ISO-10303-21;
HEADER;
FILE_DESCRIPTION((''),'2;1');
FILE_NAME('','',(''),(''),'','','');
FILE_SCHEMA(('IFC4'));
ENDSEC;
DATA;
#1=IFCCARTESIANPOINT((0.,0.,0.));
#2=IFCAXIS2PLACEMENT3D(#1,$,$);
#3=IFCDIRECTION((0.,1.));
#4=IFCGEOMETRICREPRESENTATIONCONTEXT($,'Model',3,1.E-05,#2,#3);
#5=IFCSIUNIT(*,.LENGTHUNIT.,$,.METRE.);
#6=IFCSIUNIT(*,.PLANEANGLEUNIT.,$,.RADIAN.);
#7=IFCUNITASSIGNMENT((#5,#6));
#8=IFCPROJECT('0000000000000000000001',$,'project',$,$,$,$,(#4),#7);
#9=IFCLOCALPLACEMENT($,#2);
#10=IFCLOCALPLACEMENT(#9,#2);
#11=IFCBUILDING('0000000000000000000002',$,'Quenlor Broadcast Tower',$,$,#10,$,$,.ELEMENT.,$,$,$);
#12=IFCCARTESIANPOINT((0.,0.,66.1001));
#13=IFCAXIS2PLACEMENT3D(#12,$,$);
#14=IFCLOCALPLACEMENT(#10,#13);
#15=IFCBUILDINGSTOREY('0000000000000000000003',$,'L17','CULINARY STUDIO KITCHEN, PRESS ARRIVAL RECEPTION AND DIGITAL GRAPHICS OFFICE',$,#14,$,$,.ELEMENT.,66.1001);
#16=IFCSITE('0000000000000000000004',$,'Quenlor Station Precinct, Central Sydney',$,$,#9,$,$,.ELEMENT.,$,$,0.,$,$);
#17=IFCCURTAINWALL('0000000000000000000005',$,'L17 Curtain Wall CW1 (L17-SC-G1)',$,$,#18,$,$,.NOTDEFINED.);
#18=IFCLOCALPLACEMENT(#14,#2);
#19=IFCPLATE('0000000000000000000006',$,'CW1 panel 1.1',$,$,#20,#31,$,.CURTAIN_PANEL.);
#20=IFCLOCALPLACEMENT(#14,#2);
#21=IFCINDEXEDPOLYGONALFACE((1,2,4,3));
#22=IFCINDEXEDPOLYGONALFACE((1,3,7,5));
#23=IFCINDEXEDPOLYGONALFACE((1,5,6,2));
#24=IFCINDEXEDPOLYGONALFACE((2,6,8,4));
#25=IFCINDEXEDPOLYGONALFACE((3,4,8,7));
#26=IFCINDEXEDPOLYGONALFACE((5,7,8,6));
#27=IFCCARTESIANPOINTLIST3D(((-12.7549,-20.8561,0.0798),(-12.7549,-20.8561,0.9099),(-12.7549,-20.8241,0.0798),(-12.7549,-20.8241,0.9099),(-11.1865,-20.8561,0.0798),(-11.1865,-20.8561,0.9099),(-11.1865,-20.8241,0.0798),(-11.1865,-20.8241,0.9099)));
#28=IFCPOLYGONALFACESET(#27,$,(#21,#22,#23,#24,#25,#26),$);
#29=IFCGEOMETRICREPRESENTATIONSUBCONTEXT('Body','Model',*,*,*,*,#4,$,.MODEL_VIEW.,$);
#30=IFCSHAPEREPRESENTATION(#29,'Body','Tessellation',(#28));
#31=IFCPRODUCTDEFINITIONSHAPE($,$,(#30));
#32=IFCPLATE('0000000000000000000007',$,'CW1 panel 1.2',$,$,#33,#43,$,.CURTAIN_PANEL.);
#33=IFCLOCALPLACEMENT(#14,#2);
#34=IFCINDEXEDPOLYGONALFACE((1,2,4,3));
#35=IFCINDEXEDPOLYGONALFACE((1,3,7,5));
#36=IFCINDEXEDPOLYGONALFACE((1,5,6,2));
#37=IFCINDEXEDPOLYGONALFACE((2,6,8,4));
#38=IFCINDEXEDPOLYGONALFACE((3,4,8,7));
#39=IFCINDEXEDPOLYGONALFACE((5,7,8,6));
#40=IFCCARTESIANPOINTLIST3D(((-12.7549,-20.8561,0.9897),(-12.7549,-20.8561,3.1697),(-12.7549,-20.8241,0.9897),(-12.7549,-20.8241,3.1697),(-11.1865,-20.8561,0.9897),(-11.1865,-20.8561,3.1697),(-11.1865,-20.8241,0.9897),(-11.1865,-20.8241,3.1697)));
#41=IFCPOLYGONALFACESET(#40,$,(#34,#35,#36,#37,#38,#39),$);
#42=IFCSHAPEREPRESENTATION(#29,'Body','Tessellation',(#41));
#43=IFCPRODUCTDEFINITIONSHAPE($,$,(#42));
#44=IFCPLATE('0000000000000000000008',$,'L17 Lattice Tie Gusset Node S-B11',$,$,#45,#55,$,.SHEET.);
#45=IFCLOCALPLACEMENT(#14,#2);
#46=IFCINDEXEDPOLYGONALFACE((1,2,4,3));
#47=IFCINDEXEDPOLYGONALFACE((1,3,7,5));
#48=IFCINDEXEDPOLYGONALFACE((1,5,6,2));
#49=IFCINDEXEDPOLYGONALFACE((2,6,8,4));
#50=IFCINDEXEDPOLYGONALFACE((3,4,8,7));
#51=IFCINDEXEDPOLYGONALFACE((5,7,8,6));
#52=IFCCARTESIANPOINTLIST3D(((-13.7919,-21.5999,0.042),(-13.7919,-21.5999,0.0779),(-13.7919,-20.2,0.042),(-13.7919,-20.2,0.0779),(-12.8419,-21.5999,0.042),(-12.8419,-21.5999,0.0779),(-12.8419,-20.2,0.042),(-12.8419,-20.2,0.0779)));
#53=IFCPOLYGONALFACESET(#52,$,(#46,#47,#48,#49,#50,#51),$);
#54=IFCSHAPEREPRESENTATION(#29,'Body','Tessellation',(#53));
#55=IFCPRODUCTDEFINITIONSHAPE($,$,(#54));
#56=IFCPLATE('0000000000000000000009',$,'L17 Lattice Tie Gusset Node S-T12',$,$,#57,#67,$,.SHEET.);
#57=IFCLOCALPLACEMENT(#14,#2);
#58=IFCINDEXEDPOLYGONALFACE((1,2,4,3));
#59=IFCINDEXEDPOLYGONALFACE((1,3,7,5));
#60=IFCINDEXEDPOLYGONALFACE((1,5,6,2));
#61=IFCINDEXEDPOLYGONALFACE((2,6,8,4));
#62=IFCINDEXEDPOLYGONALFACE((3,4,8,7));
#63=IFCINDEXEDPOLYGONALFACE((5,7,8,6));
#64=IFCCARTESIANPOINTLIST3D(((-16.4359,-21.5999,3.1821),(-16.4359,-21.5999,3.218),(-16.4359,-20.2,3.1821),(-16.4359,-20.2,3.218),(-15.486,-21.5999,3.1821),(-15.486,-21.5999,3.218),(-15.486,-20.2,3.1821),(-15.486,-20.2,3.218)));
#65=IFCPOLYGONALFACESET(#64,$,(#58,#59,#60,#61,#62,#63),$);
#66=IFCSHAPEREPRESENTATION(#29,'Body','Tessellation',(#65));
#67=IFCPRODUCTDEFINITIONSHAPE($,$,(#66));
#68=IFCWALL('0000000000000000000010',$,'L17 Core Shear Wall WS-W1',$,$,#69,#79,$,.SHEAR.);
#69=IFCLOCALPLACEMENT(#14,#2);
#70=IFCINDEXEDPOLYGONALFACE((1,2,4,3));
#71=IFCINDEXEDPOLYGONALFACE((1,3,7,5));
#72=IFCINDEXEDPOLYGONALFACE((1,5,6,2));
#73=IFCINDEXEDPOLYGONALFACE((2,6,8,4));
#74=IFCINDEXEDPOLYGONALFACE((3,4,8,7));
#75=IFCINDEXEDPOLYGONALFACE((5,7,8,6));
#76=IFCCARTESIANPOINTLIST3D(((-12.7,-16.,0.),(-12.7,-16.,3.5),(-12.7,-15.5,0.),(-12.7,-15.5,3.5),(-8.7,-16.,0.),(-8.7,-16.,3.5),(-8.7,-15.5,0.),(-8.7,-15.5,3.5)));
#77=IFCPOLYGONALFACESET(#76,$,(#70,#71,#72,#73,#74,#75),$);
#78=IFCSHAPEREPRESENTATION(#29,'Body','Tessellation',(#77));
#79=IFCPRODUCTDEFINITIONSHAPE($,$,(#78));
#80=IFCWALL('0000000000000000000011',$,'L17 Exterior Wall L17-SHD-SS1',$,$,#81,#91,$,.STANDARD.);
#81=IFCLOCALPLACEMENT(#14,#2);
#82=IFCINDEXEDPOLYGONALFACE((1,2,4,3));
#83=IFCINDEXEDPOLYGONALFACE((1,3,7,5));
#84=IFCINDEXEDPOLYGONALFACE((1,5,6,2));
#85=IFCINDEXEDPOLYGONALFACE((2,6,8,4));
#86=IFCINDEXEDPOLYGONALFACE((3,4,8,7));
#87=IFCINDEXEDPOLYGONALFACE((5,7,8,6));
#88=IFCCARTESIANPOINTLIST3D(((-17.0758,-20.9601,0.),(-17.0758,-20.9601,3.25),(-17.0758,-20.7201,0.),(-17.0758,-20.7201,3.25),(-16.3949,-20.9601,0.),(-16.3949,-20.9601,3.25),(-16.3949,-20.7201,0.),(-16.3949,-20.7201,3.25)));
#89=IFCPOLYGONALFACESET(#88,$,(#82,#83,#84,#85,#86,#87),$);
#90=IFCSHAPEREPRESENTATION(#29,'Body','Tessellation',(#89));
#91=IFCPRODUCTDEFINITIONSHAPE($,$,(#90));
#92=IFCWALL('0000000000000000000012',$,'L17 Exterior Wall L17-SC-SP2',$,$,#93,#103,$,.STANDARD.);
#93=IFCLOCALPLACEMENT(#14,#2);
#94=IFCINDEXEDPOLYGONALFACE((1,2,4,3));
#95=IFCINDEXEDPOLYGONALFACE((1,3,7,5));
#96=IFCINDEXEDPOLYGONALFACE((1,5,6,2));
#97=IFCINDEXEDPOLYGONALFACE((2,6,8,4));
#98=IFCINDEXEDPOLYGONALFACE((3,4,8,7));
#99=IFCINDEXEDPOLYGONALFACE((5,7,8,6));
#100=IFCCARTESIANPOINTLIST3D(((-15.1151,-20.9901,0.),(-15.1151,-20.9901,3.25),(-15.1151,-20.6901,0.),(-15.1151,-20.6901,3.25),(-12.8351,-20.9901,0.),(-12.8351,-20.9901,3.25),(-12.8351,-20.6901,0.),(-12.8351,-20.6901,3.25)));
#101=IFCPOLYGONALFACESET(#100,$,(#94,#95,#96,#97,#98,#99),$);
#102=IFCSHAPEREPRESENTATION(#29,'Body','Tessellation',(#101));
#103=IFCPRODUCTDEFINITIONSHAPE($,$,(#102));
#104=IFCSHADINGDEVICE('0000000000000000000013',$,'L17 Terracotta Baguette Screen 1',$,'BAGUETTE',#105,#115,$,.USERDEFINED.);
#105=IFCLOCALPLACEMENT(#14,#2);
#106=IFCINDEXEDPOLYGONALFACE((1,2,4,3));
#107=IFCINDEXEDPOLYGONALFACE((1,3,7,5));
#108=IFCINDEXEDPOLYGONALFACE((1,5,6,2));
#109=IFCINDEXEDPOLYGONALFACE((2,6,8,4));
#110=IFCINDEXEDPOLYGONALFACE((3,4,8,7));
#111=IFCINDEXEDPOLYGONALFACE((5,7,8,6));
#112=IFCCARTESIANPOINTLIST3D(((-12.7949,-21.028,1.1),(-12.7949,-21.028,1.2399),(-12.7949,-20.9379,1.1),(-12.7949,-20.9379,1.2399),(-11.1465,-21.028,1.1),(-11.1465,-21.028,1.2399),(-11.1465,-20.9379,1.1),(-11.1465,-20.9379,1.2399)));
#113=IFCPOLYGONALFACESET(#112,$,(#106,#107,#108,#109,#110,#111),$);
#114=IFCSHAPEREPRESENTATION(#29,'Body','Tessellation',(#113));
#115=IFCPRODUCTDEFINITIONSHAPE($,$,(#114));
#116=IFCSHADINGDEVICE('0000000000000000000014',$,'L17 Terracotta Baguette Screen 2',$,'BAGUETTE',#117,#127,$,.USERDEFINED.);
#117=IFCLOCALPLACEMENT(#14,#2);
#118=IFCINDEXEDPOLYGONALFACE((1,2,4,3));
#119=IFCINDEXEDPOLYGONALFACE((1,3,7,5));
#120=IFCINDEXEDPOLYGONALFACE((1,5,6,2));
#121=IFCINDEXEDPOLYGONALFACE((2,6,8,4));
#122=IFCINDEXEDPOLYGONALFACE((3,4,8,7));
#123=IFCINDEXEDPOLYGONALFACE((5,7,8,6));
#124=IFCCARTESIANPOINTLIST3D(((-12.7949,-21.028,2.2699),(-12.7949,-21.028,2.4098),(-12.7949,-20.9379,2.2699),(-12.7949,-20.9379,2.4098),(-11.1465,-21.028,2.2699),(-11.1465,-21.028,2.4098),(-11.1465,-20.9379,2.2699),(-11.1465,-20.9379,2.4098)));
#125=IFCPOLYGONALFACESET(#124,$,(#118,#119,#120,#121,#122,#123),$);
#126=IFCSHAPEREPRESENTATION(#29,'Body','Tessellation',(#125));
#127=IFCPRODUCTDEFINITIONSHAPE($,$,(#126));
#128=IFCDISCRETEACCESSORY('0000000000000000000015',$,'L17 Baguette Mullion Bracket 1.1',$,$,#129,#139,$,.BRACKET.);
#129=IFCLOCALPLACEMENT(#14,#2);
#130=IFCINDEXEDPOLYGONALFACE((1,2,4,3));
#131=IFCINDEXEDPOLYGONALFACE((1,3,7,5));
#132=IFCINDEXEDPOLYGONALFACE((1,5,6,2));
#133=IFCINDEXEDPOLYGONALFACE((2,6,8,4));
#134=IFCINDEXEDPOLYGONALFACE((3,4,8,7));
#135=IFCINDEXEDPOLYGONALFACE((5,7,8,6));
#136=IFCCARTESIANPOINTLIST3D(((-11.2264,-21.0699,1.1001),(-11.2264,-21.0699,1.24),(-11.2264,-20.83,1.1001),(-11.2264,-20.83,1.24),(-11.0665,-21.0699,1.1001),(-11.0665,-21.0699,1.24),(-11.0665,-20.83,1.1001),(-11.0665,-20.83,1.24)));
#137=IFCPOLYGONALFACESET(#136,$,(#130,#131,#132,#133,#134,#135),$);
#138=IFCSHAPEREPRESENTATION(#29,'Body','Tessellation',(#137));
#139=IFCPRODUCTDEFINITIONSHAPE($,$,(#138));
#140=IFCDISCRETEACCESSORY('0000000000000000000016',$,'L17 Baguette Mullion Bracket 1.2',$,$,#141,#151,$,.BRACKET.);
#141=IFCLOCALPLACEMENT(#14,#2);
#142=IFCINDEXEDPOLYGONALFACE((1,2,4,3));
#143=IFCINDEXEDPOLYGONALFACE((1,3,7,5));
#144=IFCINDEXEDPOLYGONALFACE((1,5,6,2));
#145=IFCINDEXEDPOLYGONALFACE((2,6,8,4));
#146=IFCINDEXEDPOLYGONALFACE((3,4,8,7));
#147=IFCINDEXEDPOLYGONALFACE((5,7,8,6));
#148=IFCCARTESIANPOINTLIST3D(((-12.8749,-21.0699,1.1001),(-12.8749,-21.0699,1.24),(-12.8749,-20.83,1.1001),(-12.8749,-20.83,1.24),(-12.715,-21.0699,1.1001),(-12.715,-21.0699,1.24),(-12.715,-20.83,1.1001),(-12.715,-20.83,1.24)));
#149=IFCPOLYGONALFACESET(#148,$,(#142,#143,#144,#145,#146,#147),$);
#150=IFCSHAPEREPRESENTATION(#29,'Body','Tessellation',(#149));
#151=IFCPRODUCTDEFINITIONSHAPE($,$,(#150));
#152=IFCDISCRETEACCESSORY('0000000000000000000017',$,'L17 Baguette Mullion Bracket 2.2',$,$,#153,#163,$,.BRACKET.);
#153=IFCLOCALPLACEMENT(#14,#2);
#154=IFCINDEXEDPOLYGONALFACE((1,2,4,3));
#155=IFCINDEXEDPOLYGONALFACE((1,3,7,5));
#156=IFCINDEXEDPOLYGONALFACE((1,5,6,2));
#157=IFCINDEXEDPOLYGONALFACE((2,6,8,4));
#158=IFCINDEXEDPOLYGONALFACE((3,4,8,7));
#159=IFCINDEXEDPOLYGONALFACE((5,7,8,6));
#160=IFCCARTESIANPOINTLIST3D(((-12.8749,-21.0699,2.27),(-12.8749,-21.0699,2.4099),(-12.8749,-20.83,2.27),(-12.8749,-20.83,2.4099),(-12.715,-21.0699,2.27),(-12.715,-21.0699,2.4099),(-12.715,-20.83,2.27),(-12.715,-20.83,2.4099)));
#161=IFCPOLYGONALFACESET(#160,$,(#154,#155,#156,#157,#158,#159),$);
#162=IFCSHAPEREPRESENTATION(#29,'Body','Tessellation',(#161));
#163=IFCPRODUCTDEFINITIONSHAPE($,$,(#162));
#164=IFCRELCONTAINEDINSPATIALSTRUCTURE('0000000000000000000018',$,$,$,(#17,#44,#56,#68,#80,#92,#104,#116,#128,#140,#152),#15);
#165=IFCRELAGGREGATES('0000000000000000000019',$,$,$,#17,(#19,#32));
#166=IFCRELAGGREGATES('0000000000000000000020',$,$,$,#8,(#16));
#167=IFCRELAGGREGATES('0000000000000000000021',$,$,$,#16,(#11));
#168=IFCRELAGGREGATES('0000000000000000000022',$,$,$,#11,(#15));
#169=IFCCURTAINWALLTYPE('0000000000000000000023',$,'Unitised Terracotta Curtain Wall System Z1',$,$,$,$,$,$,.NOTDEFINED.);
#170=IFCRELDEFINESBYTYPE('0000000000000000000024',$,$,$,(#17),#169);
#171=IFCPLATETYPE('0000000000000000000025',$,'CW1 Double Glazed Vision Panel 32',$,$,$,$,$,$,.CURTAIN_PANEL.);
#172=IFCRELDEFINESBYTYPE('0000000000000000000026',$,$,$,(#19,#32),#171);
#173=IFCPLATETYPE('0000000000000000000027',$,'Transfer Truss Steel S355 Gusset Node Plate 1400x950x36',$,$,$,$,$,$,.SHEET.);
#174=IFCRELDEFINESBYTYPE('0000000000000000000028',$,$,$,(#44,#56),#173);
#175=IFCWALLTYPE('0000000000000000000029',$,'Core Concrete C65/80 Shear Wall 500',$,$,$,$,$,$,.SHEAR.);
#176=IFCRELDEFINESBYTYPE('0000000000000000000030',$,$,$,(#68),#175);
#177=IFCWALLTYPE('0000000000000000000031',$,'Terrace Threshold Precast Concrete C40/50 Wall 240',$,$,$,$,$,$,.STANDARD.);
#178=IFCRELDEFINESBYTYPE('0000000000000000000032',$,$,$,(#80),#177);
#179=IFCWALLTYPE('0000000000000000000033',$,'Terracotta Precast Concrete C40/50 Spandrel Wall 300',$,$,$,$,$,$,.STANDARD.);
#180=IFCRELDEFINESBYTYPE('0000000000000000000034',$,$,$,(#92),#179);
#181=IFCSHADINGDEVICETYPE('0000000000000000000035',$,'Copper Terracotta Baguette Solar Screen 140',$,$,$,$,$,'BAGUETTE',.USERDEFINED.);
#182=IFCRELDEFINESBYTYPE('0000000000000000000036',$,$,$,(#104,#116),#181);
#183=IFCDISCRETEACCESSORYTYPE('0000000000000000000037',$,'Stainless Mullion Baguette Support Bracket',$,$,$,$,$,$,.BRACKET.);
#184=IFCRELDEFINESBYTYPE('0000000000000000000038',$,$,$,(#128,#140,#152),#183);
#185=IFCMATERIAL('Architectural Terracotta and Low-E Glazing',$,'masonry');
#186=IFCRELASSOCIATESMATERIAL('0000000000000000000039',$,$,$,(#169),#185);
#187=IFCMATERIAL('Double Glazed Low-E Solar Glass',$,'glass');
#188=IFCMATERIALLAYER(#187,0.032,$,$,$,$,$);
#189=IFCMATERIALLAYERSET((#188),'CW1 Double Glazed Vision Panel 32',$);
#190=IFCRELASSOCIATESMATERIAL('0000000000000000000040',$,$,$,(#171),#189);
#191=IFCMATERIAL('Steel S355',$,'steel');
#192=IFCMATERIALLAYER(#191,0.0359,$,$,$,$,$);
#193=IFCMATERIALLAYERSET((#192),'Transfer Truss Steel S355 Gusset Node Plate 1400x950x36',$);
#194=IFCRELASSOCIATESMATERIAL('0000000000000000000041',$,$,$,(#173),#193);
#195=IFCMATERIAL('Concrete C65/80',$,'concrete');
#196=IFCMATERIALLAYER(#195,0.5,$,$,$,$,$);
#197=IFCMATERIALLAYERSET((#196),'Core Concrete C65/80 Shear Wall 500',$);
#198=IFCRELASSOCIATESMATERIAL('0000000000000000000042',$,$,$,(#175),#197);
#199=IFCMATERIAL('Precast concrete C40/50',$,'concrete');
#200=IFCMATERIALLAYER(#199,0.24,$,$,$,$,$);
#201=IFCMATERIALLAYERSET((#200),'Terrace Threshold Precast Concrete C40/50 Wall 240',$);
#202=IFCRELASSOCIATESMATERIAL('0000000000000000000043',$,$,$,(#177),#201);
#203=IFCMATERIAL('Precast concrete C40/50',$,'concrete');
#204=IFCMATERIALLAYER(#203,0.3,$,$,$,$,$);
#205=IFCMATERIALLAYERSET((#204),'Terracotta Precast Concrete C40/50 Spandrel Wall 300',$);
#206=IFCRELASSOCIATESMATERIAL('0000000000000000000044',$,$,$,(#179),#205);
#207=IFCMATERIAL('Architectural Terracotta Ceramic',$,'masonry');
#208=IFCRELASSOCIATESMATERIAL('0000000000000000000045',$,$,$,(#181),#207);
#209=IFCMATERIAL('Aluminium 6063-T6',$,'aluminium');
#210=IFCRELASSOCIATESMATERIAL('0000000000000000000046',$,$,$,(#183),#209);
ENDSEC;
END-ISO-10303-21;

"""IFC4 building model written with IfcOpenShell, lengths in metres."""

from ifc_helpers import new_model, si_unit, direction, frame, frame_2d, origin, origin_2d, place, context, subcontext, project, spatial, rectangle, extrude, material, layer, layer_set, material_profile, profile_set, type_object, element, aggregate, save


model = new_model("IFC4")

# Units and contexts
model_context = context("Model", 3, precision=1e-05, world=origin(), true_north=direction((0.0, 1.0)))
body_context = subcontext(model_context, "Body", "Model", "MODEL_VIEW")
ifc_project = project(units=[si_unit("LENGTHUNIT", "METRE"), si_unit("PLANEANGLEUNIT", "RADIAN")], contexts=[model_context])

# Site, building, storey
site_placement = place(None, origin())
site = spatial("IfcSite", under=ifc_project, at=site_placement, Name="Quenlor Station Precinct, Central Sydney", CompositionType="ELEMENT", RefElevation=0.0)
building_placement = place(site_placement, origin())
building = spatial("IfcBuilding", under=site, at=building_placement, Name="Quenlor Broadcast Tower", CompositionType="ELEMENT")
storey_placement = place(building_placement, frame((0.0, 0.0, 66.1001)))
storey = spatial("IfcBuildingStorey", under=building, at=storey_placement, Name="L17", Description="CULINARY STUDIO KITCHEN, PRESS ARRIVAL RECEPTION AND DIGITAL GRAPHICS OFFICE", CompositionType="ELEMENT", Elevation=66.1001)

# Curtain wall
ifc_material_1 = material(Name="Architectural Terracotta and Low-E Glazing", Category="masonry")
curtain_wall_type = type_object("IfcCurtainWallType", Name="Unitised Terracotta Curtain Wall System Z1", PredefinedType="NOTDEFINED", material=ifc_material_1)
curtain_wall_placement = place(storey_placement, origin())
curtain_wall = element("IfcCurtainWall", 1, at=curtain_wall_placement, inside=storey, type_object=curtain_wall_type, Name="L17 Curtain Wall CW1 (L17-SC-G1)", PredefinedType="NOTDEFINED")

# Plates
ifc_material_2 = material(Name="Double Glazed Low-E Solar Glass", Category="glass")
ifc_layer_1 = layer(ifc_material_2, 0.032)
ifc_layer_set_1 = layer_set([ifc_layer_1], Name="CW1 Double Glazed Vision Panel 32")
plate_type_1 = type_object("IfcPlateType", Name="CW1 Double Glazed Vision Panel 32", PredefinedType="CURTAIN_PANEL", material=ifc_layer_set_1)
plate_1_placement = place(storey_placement, frame((-11.9707, -20.8401, 0.0798), z_axis=(0.0, 0.0, 1.0), x_axis=(-1.0, 0.0, 0.0)))
plate_1 = element("IfcPlate", 2, at=plate_1_placement, type_object=plate_type_1, Name="CW1 panel 1.1", PredefinedType="CURTAIN_PANEL", context=body_context, shape_type="SweptSolid", body=[
    extrude(rectangle(XDim=1.5684, YDim=0.032, at=origin_2d()), origin(), (0.0, 0.0, 1.0), 0.8301),
])
plate_2_placement = place(storey_placement, frame((-11.9707, -20.8401, 0.9897), z_axis=(0.0, 0.0, 1.0), x_axis=(-1.0, 0.0, 0.0)))
plate_2 = element("IfcPlate", 3, at=plate_2_placement, type_object=plate_type_1, Name="CW1 panel 1.2", PredefinedType="CURTAIN_PANEL", context=body_context, shape_type="SweptSolid", body=[
    extrude(rectangle(XDim=1.5684, YDim=0.032, at=origin_2d()), origin(), (0.0, 0.0, 1.0), 2.1799),
])
aggregate(curtain_wall, [plate_1, plate_2])

# Plates
ifc_material_3 = material(Name="Steel S355", Category="steel")
ifc_layer_2 = layer(ifc_material_3, 0.0359)
ifc_layer_set_2 = layer_set([ifc_layer_2], Name="Transfer Truss Steel S355 Gusset Node Plate 1400x950x36")
plate_type_2 = type_object("IfcPlateType", Name="Transfer Truss Steel S355 Gusset Node Plate 1400x950x36", PredefinedType="SHEET", material=ifc_layer_set_2)
for number, where, z_axis, x_axis, name in (
    (4, (-13.3169, -20.8999, 0.042), (0.0, 0.0, 1.0), (0.0, -1.0, 0.0), "L17 Lattice Tie Gusset Node S-B11"),
    (5, (-15.9609, -20.8999, 3.1821), (0.0, 0.0, 1.0), (0.0, -1.0, 0.0), "L17 Lattice Tie Gusset Node S-T12"),
):
    element("IfcPlate", number, at=place(storey_placement, frame(where, z_axis=z_axis, x_axis=x_axis)), inside=storey, type_object=plate_type_2, Name=name, PredefinedType="SHEET", context=body_context, shape_type="SweptSolid", body=[
        extrude(rectangle(XDim=1.3999, YDim=0.95, at=origin_2d()), origin(), (0.0, 0.0, 1.0), 0.0359),
    ])

# Walls
ifc_material_4 = material(Name="Concrete C65/80", Category="concrete")
ifc_layer_3 = layer(ifc_material_4, 0.5)
ifc_layer_set_3 = layer_set([ifc_layer_3], Name="Core Concrete C65/80 Shear Wall 500")
wall_type_1 = type_object("IfcWallType", Name="Core Concrete C65/80 Shear Wall 500", PredefinedType="SHEAR", material=ifc_layer_set_3)
wall_1_placement = place(storey_placement, frame((-12.7, -15.75, 0.0), z_axis=(0.0, 0.0, 1.0), x_axis=(1.0, 0.0, 0.0)))
element("IfcWall", 6, at=wall_1_placement, inside=storey, type_object=wall_type_1, Name="L17 Core Shear Wall WS-W1", PredefinedType="SHEAR", context=body_context, shape_type="SweptSolid", body=[
    extrude(rectangle(XDim=4.0, YDim=0.5, at=frame_2d((2.0, 0.0))), origin(), (0.0, 0.0, 1.0), 3.5),
])
ifc_material_5 = material(Name="Precast concrete C40/50", Category="concrete")
ifc_layer_4 = layer(ifc_material_5, 0.24)
ifc_layer_set_4 = layer_set([ifc_layer_4], Name="Terrace Threshold Precast Concrete C40/50 Wall 240")
wall_type_2 = type_object("IfcWallType", Name="Terrace Threshold Precast Concrete C40/50 Wall 240", PredefinedType="STANDARD", material=ifc_layer_set_4)
wall_2_placement = place(storey_placement, frame((-16.395, -20.8401, 0.0), z_axis=(0.0, 0.0, 1.0), x_axis=(-1.0, 0.0, 0.0)))
element("IfcWall", 7, at=wall_2_placement, inside=storey, type_object=wall_type_2, Name="L17 Exterior Wall L17-SHD-SS1", PredefinedType="STANDARD", context=body_context, shape_type="SweptSolid", body=[
    extrude(rectangle(XDim=0.6809, YDim=0.24, at=frame_2d((0.3403, 0.0))), origin(), (0.0, 0.0, 1.0), 3.25),
])
ifc_material_6 = material(Name="Precast concrete C40/50", Category="concrete")
ifc_layer_5 = layer(ifc_material_6, 0.3)
ifc_layer_set_5 = layer_set([ifc_layer_5], Name="Terracotta Precast Concrete C40/50 Spandrel Wall 300")
wall_type_3 = type_object("IfcWallType", Name="Terracotta Precast Concrete C40/50 Spandrel Wall 300", PredefinedType="STANDARD", material=ifc_layer_set_5)
wall_3_placement = place(storey_placement, frame((-12.835, -20.8401, 0.0), z_axis=(0.0, 0.0, 1.0), x_axis=(-1.0, 0.0, 0.0)))
element("IfcWall", 8, at=wall_3_placement, inside=storey, type_object=wall_type_3, Name="L17 Exterior Wall L17-SC-SP2", PredefinedType="STANDARD", context=body_context, shape_type="SweptSolid", body=[
    extrude(rectangle(XDim=2.28, YDim=0.3, at=frame_2d((1.1401, 0.0))), origin(), (0.0, 0.0, 1.0), 3.25),
])

# Shading devices
ifc_material_7 = material(Name="Architectural Terracotta Ceramic", Category="masonry")
ifc_material_profile_1 = material_profile(ifc_material_7, rectangle(XDim=0.0901, YDim=0.1399, at=origin_2d()))
ifc_profile_set_1 = profile_set([ifc_material_profile_1], Name="Architectural Terracotta Ceramic BAG90x140")
shading_device_type = type_object("IfcShadingDeviceType", Name="Copper Terracotta Baguette Solar Screen 140", ElementType="BAGUETTE", PredefinedType="USERDEFINED", material=ifc_profile_set_1)
for number, where, z_axis, x_axis, name in (
    (9, (-11.1465, -20.9829, 1.1699), (-1.0, 0.0, 0.0), (0.0, -1.0, 0.0), "L17 Terracotta Baguette Screen 1"),
    (10, (-11.1465, -20.9829, 2.3398), (-1.0, 0.0, 0.0), (0.0, -1.0, 0.0), "L17 Terracotta Baguette Screen 2"),
):
    element("IfcShadingDevice", number, at=place(storey_placement, frame(where, z_axis=z_axis, x_axis=x_axis)), inside=storey, type_object=shading_device_type, Name=name, ObjectType="BAGUETTE", PredefinedType="USERDEFINED", context=body_context, shape_type="SweptSolid", body=[
        extrude(rectangle(XDim=0.0901, YDim=0.1399, at=origin_2d()), origin(), (0.0, 0.0, 1.0), 1.6484),
    ])

# Discrete accessories
ifc_material_8 = material(Name="Aluminium 6063-T6", Category="aluminium")
discrete_accessory_type = type_object("IfcDiscreteAccessoryType", Name="Stainless Mullion Baguette Support Bracket", PredefinedType="BRACKET", material=ifc_material_8)
for number, where, z_axis, x_axis, name in (
    (11, (-11.1465, -20.95, 1.1001), (0.0, 0.0, 1.0), (-1.0, 0.0, 0.0), "L17 Baguette Mullion Bracket 1.1"),
    (12, (-12.7949, -20.95, 1.1001), (0.0, 0.0, 1.0), (-1.0, 0.0, 0.0), "L17 Baguette Mullion Bracket 1.2"),
    (13, (-12.7949, -20.95, 2.27), (0.0, 0.0, 1.0), (-1.0, 0.0, 0.0), "L17 Baguette Mullion Bracket 2.2"),
):
    element("IfcDiscreteAccessory", number, at=place(storey_placement, frame(where, z_axis=z_axis, x_axis=x_axis)), inside=storey, type_object=discrete_accessory_type, Name=name, PredefinedType="BRACKET", context=body_context, shape_type="SweptSolid", body=[
        extrude(rectangle(XDim=0.1599, YDim=0.24, at=origin_2d()), origin(), (0.0, 0.0, 1.0), 0.1399),
    ])

save(model, "model.ifc")
